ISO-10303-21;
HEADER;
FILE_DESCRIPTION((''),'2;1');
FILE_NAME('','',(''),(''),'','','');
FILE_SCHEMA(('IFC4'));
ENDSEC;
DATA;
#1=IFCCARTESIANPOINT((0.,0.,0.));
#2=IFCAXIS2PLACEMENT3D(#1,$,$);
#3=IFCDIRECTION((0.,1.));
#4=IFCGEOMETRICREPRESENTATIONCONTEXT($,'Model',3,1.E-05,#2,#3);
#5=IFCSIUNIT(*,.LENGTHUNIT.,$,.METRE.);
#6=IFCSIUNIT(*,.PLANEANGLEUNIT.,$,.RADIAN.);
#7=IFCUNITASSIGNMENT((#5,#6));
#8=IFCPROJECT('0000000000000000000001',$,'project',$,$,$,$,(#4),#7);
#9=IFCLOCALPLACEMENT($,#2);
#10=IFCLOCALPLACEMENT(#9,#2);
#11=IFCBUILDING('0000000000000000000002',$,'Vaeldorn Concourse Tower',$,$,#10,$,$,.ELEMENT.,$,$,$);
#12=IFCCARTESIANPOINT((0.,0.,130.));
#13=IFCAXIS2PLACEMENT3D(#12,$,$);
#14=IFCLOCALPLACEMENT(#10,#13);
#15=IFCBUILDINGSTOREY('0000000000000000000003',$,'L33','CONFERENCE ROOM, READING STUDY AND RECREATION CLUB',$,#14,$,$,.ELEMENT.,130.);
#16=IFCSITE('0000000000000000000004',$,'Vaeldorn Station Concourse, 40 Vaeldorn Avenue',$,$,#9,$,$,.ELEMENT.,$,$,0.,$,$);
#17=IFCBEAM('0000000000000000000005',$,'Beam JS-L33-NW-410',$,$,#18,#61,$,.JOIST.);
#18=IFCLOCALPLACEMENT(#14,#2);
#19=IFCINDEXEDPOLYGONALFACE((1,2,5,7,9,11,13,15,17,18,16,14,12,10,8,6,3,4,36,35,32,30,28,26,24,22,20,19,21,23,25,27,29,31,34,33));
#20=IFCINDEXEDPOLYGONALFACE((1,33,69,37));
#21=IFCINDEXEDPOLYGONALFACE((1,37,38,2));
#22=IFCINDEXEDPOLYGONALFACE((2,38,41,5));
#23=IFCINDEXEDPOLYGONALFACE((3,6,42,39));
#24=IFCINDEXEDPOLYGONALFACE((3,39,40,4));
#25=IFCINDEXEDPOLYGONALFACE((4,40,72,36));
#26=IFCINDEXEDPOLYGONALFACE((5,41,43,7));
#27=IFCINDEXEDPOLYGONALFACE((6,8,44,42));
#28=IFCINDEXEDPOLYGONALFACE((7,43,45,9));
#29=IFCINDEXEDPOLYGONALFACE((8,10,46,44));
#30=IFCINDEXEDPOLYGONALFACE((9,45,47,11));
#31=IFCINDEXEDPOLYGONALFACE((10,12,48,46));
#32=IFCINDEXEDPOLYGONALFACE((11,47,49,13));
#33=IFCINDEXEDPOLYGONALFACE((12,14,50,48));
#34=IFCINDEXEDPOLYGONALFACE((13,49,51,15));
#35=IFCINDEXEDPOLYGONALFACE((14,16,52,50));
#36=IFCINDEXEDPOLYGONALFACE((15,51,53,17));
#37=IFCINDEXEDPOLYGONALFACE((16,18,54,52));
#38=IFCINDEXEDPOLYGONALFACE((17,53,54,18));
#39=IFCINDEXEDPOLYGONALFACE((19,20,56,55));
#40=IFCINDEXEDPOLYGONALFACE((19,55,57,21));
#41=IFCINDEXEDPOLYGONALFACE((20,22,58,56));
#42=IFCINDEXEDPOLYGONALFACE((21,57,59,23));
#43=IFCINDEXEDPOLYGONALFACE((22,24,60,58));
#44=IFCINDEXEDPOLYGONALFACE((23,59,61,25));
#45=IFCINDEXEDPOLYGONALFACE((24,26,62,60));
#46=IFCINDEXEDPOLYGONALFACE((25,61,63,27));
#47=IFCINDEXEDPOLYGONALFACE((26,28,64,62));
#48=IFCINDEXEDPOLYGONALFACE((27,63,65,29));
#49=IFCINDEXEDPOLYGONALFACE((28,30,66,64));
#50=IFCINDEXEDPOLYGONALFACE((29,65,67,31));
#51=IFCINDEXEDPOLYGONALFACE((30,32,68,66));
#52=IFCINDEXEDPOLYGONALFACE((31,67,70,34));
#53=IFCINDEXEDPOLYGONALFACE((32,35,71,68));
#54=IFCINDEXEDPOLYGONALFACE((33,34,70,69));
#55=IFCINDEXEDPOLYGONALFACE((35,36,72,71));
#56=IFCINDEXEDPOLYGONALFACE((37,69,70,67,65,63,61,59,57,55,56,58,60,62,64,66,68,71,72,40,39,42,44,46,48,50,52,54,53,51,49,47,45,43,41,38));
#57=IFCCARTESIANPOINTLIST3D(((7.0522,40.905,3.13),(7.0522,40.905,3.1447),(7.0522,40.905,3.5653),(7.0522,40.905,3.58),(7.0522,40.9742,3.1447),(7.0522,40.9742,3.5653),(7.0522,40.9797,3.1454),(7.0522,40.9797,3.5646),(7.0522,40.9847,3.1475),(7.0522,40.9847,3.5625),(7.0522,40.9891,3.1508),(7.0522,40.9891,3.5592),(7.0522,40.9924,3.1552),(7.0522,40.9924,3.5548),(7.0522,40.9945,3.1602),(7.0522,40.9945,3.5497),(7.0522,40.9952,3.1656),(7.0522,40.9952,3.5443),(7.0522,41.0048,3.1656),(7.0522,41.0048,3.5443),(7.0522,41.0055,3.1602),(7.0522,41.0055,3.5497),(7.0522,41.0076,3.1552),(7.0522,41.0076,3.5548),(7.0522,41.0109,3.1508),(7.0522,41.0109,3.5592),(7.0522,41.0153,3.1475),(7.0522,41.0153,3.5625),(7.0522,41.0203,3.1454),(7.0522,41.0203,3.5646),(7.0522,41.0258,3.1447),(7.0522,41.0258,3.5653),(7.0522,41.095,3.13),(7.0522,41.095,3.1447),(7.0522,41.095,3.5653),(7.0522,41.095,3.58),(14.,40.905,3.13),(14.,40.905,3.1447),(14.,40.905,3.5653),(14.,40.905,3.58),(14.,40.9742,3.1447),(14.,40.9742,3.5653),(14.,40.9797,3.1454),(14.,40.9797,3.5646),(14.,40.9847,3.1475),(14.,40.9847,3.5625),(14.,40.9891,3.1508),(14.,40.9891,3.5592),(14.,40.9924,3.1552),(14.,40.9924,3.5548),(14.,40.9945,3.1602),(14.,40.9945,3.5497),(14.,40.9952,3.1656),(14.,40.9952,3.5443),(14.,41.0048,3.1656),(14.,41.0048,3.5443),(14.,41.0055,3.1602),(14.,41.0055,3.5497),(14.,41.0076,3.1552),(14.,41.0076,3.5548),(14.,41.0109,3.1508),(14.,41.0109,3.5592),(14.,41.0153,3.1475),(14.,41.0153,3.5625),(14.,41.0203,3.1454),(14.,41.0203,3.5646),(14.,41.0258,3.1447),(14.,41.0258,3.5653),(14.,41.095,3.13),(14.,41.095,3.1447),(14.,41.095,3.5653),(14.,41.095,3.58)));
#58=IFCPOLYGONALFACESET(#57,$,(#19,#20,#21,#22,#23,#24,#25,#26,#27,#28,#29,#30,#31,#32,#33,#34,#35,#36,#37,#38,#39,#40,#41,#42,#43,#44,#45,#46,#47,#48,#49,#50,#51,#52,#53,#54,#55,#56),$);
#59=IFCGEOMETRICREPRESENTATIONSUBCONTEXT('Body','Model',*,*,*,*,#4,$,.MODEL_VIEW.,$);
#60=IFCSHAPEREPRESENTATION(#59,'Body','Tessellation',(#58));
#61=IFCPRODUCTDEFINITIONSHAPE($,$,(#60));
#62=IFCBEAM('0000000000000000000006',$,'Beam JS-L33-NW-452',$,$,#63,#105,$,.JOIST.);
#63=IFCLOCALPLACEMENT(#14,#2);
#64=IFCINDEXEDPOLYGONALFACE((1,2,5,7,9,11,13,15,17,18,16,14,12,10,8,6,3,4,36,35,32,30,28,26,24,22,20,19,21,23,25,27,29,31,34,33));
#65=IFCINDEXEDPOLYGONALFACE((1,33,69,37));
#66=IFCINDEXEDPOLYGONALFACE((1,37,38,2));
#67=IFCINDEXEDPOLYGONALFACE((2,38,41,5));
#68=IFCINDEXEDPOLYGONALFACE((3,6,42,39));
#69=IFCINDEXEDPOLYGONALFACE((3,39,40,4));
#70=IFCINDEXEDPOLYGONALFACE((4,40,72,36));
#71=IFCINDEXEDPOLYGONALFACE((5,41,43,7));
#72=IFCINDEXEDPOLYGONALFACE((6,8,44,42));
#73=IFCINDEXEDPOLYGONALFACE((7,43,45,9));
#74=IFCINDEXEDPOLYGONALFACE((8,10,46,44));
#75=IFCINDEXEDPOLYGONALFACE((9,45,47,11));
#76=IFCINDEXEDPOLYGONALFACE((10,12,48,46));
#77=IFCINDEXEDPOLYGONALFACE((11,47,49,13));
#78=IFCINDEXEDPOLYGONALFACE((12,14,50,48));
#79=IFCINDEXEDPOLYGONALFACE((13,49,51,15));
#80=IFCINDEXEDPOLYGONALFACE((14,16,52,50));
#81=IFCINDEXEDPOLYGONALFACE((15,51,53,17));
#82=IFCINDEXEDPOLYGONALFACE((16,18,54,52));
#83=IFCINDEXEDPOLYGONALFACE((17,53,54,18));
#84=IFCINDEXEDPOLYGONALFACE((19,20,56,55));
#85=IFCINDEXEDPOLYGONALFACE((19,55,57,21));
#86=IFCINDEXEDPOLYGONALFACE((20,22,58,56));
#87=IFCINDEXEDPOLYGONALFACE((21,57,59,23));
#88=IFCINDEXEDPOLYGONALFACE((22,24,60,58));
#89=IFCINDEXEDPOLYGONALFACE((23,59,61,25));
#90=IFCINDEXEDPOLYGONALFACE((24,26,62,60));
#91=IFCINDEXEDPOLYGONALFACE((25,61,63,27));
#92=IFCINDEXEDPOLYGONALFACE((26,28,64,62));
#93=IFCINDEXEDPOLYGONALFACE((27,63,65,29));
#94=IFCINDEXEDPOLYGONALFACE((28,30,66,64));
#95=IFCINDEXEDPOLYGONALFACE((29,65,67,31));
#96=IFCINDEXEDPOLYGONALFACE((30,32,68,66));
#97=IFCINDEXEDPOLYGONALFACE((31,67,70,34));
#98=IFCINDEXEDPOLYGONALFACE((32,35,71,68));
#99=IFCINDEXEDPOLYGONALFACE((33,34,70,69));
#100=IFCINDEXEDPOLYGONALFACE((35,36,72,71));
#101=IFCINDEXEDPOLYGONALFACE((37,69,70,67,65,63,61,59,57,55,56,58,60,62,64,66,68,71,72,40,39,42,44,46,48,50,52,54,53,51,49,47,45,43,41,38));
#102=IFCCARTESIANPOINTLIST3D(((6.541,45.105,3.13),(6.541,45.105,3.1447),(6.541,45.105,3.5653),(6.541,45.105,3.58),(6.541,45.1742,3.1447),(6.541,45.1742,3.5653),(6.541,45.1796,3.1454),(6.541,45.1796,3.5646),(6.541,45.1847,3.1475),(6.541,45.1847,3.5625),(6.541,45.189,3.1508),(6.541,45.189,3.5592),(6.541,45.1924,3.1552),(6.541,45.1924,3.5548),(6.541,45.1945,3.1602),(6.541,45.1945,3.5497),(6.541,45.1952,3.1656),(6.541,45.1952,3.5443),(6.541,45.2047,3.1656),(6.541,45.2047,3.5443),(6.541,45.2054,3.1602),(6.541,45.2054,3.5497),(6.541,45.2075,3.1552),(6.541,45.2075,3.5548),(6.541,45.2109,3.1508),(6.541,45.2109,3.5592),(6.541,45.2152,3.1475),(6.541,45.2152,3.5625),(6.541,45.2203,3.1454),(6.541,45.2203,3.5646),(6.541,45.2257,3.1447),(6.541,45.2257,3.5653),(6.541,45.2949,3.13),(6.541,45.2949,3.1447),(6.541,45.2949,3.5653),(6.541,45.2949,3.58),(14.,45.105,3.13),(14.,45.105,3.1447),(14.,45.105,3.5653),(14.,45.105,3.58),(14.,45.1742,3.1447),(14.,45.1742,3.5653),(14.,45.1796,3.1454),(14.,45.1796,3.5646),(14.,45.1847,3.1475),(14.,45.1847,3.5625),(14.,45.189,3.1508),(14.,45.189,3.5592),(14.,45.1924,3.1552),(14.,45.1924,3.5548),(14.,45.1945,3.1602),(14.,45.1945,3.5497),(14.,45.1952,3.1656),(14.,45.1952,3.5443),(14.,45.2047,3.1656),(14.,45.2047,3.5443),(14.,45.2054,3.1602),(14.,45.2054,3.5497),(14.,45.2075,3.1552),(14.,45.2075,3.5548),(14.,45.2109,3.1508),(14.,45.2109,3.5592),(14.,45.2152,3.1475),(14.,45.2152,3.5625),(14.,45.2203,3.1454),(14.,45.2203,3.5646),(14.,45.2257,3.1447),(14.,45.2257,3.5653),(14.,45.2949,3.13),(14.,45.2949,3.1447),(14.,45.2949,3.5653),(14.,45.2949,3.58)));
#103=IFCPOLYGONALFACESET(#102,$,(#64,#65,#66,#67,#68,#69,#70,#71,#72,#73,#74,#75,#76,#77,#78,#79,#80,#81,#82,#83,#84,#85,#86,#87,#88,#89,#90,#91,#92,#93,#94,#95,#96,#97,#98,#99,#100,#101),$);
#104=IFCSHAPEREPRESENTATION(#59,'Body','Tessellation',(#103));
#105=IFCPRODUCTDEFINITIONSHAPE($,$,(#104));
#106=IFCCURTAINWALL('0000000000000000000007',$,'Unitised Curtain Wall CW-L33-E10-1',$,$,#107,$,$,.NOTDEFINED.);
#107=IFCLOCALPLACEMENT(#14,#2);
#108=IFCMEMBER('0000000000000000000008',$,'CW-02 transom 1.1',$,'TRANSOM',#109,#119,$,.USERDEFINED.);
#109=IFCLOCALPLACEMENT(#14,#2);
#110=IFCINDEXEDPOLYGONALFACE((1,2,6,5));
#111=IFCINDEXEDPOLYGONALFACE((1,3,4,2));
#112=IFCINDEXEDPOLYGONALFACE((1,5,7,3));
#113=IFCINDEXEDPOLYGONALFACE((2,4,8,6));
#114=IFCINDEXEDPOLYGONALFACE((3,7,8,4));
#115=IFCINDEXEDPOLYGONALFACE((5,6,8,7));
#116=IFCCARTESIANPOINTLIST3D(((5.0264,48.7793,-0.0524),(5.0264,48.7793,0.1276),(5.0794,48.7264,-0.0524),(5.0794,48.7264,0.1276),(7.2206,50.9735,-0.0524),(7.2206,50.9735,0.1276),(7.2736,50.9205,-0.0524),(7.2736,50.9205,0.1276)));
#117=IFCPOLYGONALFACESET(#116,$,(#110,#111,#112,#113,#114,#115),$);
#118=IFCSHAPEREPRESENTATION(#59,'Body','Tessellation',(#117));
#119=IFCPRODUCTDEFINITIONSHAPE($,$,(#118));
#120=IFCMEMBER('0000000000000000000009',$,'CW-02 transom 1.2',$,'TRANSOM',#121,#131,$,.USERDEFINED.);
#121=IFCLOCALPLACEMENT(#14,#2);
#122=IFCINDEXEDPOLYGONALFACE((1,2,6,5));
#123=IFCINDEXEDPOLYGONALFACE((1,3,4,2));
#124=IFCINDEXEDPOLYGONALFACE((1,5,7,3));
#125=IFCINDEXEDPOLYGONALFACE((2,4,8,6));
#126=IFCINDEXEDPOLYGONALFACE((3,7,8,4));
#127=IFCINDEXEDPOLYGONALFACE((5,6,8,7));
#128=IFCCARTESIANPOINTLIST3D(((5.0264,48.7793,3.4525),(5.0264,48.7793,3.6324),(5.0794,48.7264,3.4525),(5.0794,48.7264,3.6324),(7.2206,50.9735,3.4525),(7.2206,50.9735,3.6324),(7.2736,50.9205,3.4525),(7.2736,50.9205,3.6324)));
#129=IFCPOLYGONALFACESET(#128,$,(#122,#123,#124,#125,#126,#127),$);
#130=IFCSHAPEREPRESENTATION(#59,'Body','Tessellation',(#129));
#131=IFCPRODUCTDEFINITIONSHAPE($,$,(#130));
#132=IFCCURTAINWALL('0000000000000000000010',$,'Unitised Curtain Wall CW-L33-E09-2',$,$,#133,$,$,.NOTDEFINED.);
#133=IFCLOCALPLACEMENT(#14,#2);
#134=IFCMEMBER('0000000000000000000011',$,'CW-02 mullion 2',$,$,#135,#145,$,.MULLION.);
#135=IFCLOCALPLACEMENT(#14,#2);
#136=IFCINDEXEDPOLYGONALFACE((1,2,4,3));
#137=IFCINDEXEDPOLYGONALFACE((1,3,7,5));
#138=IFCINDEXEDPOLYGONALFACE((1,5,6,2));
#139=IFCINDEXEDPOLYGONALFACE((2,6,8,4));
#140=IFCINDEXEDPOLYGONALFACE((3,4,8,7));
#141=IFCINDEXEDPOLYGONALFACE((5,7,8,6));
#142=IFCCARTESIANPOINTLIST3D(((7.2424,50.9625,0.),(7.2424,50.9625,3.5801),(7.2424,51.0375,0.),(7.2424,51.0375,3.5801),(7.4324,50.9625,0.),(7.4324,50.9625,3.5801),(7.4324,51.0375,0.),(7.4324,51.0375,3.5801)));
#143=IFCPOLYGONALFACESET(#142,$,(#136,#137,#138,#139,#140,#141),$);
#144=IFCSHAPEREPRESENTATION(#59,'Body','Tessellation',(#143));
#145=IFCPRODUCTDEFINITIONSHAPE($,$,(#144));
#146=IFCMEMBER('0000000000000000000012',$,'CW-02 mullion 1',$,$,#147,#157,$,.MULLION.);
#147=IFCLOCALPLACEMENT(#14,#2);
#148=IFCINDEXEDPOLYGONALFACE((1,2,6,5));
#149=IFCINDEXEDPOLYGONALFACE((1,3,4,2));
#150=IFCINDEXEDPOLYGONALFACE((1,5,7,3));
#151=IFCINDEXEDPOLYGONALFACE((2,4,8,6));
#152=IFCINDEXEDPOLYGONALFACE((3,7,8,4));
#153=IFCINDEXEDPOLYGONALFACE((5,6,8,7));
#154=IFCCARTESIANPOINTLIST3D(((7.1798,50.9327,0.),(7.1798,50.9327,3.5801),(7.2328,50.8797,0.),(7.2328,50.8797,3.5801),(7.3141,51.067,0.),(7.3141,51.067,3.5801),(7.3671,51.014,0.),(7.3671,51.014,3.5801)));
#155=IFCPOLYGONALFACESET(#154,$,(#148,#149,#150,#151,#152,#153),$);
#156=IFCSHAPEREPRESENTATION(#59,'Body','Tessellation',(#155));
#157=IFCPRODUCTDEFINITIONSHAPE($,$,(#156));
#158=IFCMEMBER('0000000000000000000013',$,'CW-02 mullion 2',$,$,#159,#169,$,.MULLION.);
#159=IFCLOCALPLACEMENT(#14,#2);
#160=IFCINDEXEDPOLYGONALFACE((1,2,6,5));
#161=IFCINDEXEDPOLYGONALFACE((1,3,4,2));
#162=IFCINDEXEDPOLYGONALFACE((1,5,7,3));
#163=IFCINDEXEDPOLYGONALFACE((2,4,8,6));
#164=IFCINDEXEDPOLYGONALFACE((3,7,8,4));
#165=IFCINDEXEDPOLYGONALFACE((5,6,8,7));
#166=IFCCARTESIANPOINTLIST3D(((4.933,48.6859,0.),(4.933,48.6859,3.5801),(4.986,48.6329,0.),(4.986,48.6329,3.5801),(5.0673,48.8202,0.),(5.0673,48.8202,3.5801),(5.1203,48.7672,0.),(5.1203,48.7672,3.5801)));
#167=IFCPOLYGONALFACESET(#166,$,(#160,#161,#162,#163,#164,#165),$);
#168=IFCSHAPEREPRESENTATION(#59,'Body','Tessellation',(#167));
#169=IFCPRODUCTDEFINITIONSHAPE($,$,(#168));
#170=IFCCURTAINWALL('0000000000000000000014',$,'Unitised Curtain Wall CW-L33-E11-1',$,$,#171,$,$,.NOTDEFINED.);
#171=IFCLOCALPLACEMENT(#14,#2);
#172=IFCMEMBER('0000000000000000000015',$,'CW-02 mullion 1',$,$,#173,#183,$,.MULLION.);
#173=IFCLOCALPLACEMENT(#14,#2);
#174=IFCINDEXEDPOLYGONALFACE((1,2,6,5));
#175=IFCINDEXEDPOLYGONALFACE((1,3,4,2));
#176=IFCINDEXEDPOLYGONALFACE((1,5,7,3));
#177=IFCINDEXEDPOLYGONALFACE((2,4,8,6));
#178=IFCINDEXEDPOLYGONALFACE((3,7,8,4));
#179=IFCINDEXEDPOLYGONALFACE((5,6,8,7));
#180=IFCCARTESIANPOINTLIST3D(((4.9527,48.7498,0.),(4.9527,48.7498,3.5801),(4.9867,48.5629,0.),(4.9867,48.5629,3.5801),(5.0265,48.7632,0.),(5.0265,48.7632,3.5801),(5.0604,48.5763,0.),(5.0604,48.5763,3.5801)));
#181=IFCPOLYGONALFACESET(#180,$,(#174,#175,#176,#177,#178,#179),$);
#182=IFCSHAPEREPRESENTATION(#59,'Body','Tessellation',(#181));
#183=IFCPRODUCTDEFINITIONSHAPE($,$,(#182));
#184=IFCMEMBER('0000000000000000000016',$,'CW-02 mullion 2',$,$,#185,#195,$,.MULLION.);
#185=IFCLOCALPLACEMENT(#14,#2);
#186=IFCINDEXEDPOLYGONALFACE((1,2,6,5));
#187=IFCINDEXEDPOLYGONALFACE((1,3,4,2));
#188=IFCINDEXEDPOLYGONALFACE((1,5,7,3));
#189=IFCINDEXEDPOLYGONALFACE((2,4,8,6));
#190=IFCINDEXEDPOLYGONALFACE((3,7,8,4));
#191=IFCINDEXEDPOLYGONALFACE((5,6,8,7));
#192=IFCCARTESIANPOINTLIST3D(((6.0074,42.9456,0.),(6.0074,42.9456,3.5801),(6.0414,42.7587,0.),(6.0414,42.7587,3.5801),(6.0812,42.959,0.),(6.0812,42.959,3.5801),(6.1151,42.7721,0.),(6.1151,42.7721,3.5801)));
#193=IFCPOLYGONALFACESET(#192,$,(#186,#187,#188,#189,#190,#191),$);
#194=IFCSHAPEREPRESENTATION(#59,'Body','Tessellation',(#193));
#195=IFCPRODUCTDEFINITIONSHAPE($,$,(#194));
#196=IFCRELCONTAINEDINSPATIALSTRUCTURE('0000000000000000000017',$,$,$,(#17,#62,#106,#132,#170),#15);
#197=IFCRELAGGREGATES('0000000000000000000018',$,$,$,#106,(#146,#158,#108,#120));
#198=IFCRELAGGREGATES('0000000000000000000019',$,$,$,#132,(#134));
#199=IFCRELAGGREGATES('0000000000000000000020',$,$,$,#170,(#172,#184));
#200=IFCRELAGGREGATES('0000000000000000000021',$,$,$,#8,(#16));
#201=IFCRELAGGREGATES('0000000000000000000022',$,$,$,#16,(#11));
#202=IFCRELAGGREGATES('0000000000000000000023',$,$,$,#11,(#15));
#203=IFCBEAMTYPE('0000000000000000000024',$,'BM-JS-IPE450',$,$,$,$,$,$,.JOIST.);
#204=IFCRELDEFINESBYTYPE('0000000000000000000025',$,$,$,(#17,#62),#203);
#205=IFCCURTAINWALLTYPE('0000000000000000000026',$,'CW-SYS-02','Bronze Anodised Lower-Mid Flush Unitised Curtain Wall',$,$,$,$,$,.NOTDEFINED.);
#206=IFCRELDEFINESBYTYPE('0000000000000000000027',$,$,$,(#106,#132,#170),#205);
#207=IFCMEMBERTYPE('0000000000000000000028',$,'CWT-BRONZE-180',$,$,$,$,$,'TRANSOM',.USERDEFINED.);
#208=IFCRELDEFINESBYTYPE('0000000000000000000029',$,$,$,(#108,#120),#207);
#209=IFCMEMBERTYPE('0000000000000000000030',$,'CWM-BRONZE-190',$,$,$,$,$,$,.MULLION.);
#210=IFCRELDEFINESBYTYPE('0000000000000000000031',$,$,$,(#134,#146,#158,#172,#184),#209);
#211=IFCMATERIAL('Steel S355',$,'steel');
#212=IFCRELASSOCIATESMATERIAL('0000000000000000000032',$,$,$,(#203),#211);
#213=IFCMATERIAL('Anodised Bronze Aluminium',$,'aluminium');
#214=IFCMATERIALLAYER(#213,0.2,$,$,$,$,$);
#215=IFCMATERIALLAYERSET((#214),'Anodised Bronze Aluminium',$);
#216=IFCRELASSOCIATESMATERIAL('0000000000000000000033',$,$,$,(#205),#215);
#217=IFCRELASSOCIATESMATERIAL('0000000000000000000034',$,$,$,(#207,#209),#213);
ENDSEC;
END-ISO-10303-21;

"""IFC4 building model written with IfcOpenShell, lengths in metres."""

from ifc_helpers import new_model, si_unit, direction, frame, origin, origin_2d, place, context, subcontext, project, spatial, rectangle, i_section, extrude, source, transform, mapped, material, layer, layer_set, material_profile, profile_set, type_object, element, aggregate, save


model = new_model("IFC4")

# Units and contexts
model_context = context("Model", 3, precision=1e-05, world=origin(), true_north=direction((0.0, 1.0)))
body_context = subcontext(model_context, "Body", "Model", "MODEL_VIEW")
ifc_project = project(units=[si_unit("LENGTHUNIT", "METRE"), si_unit("PLANEANGLEUNIT", "RADIAN")], contexts=[model_context])

# Site, building, storey
site_placement = place(None, origin())
site = spatial("IfcSite", under=ifc_project, at=site_placement, Name="Vaeldorn Station Concourse, 40 Vaeldorn Avenue", CompositionType="ELEMENT", RefElevation=0.0)
building_placement = place(site_placement, origin())
building = spatial("IfcBuilding", under=site, at=building_placement, Name="Vaeldorn Concourse Tower", CompositionType="ELEMENT")
storey_placement = place(building_placement, frame((0.0, 0.0, 130.0)))
storey = spatial("IfcBuildingStorey", under=building, at=storey_placement, Name="L33", Description="CONFERENCE ROOM, READING STUDY AND RECREATION CLUB", CompositionType="ELEMENT", Elevation=130.0)

# Beams
ifc_material_1 = material(Name="Steel S355", Category="steel")
ifc_material_profile_1 = material_profile(ifc_material_1, i_section(OverallWidth=0.1899, OverallDepth=0.45, WebThickness=0.0095, FlangeThickness=0.0146, FilletRadius=0.021, at=origin_2d()), Name="IPE 450")
ifc_profile_set_1 = profile_set([ifc_material_profile_1], Name="Steel S355")
beam_type_1 = type_object("IfcBeamType", Name="BM-JS-IPE450", PredefinedType="JOIST", material=ifc_profile_set_1)
shared_shape_1 = source(origin(), body_context, "Body", "SweptSolid", [
    extrude(i_section(OverallWidth=0.1899, OverallDepth=0.45, WebThickness=0.0095, FlangeThickness=0.0146, FilletRadius=0.021, at=origin_2d()), origin(), (0.0, 0.0, 1.0), 6.9478),
])
beam_1_placement = place(storey_placement, frame((7.0522, 41.0, 3.355), z_axis=(1.0, 0.0, 0.0), x_axis=(0.0, 1.0, 0.0)))
element("IfcBeam", 1, at=beam_1_placement, inside=storey, type_object=beam_type_1, Name="Beam JS-L33-NW-410", PredefinedType="JOIST", context=body_context, shape_type="MappedRepresentation", body=[
    mapped(shared_shape_1, transform((0.0, 0.0, 0.0), scale=1.0)),
])
shared_shape_2 = source(origin(), body_context, "Body", "SweptSolid", [
    extrude(i_section(OverallWidth=0.1899, OverallDepth=0.45, WebThickness=0.0095, FlangeThickness=0.0146, FilletRadius=0.021, at=origin_2d()), origin(), (0.0, 0.0, 1.0), 7.459),
])
beam_2_placement = place(storey_placement, frame((6.541, 45.2, 3.355), z_axis=(1.0, 0.0, 0.0), x_axis=(0.0, 1.0, 0.0)))
element("IfcBeam", 2, at=beam_2_placement, inside=storey, type_object=beam_type_1, Name="Beam JS-L33-NW-452", PredefinedType="JOIST", context=body_context, shape_type="MappedRepresentation", body=[
    mapped(shared_shape_2, transform((0.0, 0.0, 0.0), scale=1.0)),
])

# Curtain wall, members
ifc_material_2 = material(Name="Anodised Bronze Aluminium", Category="aluminium")
ifc_layer_1 = layer(ifc_material_2, 0.2)
ifc_layer_set_1 = layer_set([ifc_layer_1], Name="Anodised Bronze Aluminium")
curtain_wall_type = type_object("IfcCurtainWallType", Name="CW-SYS-02", Description="Bronze Anodised Lower-Mid Flush Unitised Curtain Wall", PredefinedType="NOTDEFINED", material=ifc_layer_set_1)
curtain_wall_1_placement = place(storey_placement, origin())
curtain_wall_1 = element("IfcCurtainWall", 3, at=curtain_wall_1_placement, inside=storey, type_object=curtain_wall_type, Name="Unitised Curtain Wall CW-L33-E10-1", PredefinedType="NOTDEFINED")
ifc_material_profile_2 = material_profile(ifc_material_2, rectangle(XDim=0.075, YDim=0.1799, at=origin_2d()), Name="CWT 75x180")
ifc_profile_set_2 = profile_set([ifc_material_profile_2], Name="Anodised Bronze Aluminium")
member_type_1 = type_object("IfcMemberType", Name="CWT-BRONZE-180", ElementType="TRANSOM", PredefinedType="USERDEFINED", material=ifc_profile_set_2)
shared_shape_3 = source(origin(), body_context, "Body", "SweptSolid", [
    extrude(rectangle(XDim=0.075, YDim=0.1799, at=origin_2d()), origin(), (0.0, 0.0, 1.0), 3.103),
])
member_1_placement = place(storey_placement, frame((7.2471, 50.947, 0.0376), z_axis=(-0.707107, -0.707107, 0.0), x_axis=(0.707107, -0.707107, 0.0)))
member_1 = element("IfcMember", 4, at=member_1_placement, type_object=member_type_1, Name="CW-02 transom 1.1", ObjectType="TRANSOM", PredefinedType="USERDEFINED", context=body_context, shape_type="MappedRepresentation", body=[
    mapped(shared_shape_3, transform((0.0, 0.0, 0.0), scale=1.0)),
])
member_2_placement = place(storey_placement, frame((7.2471, 50.947, 3.5425), z_axis=(-0.707107, -0.707107, 0.0), x_axis=(0.707107, -0.707107, 0.0)))
member_2 = element("IfcMember", 5, at=member_2_placement, type_object=member_type_1, Name="CW-02 transom 1.2", ObjectType="TRANSOM", PredefinedType="USERDEFINED", context=body_context, shape_type="MappedRepresentation", body=[
    mapped(shared_shape_3, transform((0.0, 0.0, 0.0), scale=1.0)),
])

# Curtain wall, member
curtain_wall_2_placement = place(storey_placement, origin())
curtain_wall_2 = element("IfcCurtainWall", 6, at=curtain_wall_2_placement, inside=storey, type_object=curtain_wall_type, Name="Unitised Curtain Wall CW-L33-E09-2", PredefinedType="NOTDEFINED")
ifc_material_profile_3 = material_profile(ifc_material_2, rectangle(XDim=0.075, YDim=0.1899, at=origin_2d()), Name="CWM 75x190")
ifc_profile_set_3 = profile_set([ifc_material_profile_3], Name="Anodised Bronze Aluminium")
member_type_2 = type_object("IfcMemberType", Name="CWM-BRONZE-190", PredefinedType="MULLION", material=ifc_profile_set_3)
shared_shape_4 = source(origin(), body_context, "Body", "SweptSolid", [
    extrude(rectangle(XDim=0.075, YDim=0.1899, at=origin_2d()), origin(), (0.0, 0.0, 1.0), 3.5801),
])
member_3_placement = place(storey_placement, frame((7.3374, 51.0, 0.0), z_axis=(0.0, 0.0, 1.0), x_axis=(0.0, -1.0, 0.0)))
member_3 = element("IfcMember", 7, at=member_3_placement, type_object=member_type_2, Name="CW-02 mullion 2", PredefinedType="MULLION", context=body_context, shape_type="MappedRepresentation", body=[
    mapped(shared_shape_4, transform((0.0, 0.0, 0.0), scale=1.0)),
])

# Members
member_4_placement = place(storey_placement, frame((7.2734, 50.9734, 0.0), z_axis=(0.0, 0.0, 1.0), x_axis=(0.707107, -0.707107, 0.0)))
member_4 = element("IfcMember", 8, at=member_4_placement, type_object=member_type_2, Name="CW-02 mullion 1", PredefinedType="MULLION", context=body_context, shape_type="MappedRepresentation", body=[
    mapped(shared_shape_4, transform((0.0, 0.0, 0.0), scale=1.0)),
])
member_5_placement = place(storey_placement, frame((5.0266, 48.7266, 0.0), z_axis=(0.0, 0.0, 1.0), x_axis=(0.707107, -0.707107, 0.0)))
member_5 = element("IfcMember", 9, at=member_5_placement, type_object=member_type_2, Name="CW-02 mullion 2", PredefinedType="MULLION", context=body_context, shape_type="MappedRepresentation", body=[
    mapped(shared_shape_4, transform((0.0, 0.0, 0.0), scale=1.0)),
])

# Curtain wall, members
curtain_wall_3_placement = place(storey_placement, origin())
curtain_wall_3 = element("IfcCurtainWall", 10, at=curtain_wall_3_placement, inside=storey, type_object=curtain_wall_type, Name="Unitised Curtain Wall CW-L33-E11-1", PredefinedType="NOTDEFINED")
member_6_placement = place(storey_placement, frame((5.0066, 48.6631, 0.0), z_axis=(0.0, 0.0, 1.0), x_axis=(0.983891, 0.178771, 0.0)))
member_6 = element("IfcMember", 11, at=member_6_placement, type_object=member_type_2, Name="CW-02 mullion 1", PredefinedType="MULLION", context=body_context, shape_type="MappedRepresentation", body=[
    mapped(shared_shape_4, transform((0.0, 0.0, 0.0), scale=1.0)),
])
member_7_placement = place(storey_placement, frame((6.0613, 42.8589, 0.0), z_axis=(0.0, 0.0, 1.0), x_axis=(0.983891, 0.178771, 0.0)))
member_7 = element("IfcMember", 12, at=member_7_placement, type_object=member_type_2, Name="CW-02 mullion 2", PredefinedType="MULLION", context=body_context, shape_type="MappedRepresentation", body=[
    mapped(shared_shape_4, transform((0.0, 0.0, 0.0), scale=1.0)),
])

aggregate(curtain_wall_1, [member_4, member_5, member_1, member_2])
aggregate(curtain_wall_2, [member_3])
aggregate(curtain_wall_3, [member_6, member_7])

save(model, "model.ifc")
